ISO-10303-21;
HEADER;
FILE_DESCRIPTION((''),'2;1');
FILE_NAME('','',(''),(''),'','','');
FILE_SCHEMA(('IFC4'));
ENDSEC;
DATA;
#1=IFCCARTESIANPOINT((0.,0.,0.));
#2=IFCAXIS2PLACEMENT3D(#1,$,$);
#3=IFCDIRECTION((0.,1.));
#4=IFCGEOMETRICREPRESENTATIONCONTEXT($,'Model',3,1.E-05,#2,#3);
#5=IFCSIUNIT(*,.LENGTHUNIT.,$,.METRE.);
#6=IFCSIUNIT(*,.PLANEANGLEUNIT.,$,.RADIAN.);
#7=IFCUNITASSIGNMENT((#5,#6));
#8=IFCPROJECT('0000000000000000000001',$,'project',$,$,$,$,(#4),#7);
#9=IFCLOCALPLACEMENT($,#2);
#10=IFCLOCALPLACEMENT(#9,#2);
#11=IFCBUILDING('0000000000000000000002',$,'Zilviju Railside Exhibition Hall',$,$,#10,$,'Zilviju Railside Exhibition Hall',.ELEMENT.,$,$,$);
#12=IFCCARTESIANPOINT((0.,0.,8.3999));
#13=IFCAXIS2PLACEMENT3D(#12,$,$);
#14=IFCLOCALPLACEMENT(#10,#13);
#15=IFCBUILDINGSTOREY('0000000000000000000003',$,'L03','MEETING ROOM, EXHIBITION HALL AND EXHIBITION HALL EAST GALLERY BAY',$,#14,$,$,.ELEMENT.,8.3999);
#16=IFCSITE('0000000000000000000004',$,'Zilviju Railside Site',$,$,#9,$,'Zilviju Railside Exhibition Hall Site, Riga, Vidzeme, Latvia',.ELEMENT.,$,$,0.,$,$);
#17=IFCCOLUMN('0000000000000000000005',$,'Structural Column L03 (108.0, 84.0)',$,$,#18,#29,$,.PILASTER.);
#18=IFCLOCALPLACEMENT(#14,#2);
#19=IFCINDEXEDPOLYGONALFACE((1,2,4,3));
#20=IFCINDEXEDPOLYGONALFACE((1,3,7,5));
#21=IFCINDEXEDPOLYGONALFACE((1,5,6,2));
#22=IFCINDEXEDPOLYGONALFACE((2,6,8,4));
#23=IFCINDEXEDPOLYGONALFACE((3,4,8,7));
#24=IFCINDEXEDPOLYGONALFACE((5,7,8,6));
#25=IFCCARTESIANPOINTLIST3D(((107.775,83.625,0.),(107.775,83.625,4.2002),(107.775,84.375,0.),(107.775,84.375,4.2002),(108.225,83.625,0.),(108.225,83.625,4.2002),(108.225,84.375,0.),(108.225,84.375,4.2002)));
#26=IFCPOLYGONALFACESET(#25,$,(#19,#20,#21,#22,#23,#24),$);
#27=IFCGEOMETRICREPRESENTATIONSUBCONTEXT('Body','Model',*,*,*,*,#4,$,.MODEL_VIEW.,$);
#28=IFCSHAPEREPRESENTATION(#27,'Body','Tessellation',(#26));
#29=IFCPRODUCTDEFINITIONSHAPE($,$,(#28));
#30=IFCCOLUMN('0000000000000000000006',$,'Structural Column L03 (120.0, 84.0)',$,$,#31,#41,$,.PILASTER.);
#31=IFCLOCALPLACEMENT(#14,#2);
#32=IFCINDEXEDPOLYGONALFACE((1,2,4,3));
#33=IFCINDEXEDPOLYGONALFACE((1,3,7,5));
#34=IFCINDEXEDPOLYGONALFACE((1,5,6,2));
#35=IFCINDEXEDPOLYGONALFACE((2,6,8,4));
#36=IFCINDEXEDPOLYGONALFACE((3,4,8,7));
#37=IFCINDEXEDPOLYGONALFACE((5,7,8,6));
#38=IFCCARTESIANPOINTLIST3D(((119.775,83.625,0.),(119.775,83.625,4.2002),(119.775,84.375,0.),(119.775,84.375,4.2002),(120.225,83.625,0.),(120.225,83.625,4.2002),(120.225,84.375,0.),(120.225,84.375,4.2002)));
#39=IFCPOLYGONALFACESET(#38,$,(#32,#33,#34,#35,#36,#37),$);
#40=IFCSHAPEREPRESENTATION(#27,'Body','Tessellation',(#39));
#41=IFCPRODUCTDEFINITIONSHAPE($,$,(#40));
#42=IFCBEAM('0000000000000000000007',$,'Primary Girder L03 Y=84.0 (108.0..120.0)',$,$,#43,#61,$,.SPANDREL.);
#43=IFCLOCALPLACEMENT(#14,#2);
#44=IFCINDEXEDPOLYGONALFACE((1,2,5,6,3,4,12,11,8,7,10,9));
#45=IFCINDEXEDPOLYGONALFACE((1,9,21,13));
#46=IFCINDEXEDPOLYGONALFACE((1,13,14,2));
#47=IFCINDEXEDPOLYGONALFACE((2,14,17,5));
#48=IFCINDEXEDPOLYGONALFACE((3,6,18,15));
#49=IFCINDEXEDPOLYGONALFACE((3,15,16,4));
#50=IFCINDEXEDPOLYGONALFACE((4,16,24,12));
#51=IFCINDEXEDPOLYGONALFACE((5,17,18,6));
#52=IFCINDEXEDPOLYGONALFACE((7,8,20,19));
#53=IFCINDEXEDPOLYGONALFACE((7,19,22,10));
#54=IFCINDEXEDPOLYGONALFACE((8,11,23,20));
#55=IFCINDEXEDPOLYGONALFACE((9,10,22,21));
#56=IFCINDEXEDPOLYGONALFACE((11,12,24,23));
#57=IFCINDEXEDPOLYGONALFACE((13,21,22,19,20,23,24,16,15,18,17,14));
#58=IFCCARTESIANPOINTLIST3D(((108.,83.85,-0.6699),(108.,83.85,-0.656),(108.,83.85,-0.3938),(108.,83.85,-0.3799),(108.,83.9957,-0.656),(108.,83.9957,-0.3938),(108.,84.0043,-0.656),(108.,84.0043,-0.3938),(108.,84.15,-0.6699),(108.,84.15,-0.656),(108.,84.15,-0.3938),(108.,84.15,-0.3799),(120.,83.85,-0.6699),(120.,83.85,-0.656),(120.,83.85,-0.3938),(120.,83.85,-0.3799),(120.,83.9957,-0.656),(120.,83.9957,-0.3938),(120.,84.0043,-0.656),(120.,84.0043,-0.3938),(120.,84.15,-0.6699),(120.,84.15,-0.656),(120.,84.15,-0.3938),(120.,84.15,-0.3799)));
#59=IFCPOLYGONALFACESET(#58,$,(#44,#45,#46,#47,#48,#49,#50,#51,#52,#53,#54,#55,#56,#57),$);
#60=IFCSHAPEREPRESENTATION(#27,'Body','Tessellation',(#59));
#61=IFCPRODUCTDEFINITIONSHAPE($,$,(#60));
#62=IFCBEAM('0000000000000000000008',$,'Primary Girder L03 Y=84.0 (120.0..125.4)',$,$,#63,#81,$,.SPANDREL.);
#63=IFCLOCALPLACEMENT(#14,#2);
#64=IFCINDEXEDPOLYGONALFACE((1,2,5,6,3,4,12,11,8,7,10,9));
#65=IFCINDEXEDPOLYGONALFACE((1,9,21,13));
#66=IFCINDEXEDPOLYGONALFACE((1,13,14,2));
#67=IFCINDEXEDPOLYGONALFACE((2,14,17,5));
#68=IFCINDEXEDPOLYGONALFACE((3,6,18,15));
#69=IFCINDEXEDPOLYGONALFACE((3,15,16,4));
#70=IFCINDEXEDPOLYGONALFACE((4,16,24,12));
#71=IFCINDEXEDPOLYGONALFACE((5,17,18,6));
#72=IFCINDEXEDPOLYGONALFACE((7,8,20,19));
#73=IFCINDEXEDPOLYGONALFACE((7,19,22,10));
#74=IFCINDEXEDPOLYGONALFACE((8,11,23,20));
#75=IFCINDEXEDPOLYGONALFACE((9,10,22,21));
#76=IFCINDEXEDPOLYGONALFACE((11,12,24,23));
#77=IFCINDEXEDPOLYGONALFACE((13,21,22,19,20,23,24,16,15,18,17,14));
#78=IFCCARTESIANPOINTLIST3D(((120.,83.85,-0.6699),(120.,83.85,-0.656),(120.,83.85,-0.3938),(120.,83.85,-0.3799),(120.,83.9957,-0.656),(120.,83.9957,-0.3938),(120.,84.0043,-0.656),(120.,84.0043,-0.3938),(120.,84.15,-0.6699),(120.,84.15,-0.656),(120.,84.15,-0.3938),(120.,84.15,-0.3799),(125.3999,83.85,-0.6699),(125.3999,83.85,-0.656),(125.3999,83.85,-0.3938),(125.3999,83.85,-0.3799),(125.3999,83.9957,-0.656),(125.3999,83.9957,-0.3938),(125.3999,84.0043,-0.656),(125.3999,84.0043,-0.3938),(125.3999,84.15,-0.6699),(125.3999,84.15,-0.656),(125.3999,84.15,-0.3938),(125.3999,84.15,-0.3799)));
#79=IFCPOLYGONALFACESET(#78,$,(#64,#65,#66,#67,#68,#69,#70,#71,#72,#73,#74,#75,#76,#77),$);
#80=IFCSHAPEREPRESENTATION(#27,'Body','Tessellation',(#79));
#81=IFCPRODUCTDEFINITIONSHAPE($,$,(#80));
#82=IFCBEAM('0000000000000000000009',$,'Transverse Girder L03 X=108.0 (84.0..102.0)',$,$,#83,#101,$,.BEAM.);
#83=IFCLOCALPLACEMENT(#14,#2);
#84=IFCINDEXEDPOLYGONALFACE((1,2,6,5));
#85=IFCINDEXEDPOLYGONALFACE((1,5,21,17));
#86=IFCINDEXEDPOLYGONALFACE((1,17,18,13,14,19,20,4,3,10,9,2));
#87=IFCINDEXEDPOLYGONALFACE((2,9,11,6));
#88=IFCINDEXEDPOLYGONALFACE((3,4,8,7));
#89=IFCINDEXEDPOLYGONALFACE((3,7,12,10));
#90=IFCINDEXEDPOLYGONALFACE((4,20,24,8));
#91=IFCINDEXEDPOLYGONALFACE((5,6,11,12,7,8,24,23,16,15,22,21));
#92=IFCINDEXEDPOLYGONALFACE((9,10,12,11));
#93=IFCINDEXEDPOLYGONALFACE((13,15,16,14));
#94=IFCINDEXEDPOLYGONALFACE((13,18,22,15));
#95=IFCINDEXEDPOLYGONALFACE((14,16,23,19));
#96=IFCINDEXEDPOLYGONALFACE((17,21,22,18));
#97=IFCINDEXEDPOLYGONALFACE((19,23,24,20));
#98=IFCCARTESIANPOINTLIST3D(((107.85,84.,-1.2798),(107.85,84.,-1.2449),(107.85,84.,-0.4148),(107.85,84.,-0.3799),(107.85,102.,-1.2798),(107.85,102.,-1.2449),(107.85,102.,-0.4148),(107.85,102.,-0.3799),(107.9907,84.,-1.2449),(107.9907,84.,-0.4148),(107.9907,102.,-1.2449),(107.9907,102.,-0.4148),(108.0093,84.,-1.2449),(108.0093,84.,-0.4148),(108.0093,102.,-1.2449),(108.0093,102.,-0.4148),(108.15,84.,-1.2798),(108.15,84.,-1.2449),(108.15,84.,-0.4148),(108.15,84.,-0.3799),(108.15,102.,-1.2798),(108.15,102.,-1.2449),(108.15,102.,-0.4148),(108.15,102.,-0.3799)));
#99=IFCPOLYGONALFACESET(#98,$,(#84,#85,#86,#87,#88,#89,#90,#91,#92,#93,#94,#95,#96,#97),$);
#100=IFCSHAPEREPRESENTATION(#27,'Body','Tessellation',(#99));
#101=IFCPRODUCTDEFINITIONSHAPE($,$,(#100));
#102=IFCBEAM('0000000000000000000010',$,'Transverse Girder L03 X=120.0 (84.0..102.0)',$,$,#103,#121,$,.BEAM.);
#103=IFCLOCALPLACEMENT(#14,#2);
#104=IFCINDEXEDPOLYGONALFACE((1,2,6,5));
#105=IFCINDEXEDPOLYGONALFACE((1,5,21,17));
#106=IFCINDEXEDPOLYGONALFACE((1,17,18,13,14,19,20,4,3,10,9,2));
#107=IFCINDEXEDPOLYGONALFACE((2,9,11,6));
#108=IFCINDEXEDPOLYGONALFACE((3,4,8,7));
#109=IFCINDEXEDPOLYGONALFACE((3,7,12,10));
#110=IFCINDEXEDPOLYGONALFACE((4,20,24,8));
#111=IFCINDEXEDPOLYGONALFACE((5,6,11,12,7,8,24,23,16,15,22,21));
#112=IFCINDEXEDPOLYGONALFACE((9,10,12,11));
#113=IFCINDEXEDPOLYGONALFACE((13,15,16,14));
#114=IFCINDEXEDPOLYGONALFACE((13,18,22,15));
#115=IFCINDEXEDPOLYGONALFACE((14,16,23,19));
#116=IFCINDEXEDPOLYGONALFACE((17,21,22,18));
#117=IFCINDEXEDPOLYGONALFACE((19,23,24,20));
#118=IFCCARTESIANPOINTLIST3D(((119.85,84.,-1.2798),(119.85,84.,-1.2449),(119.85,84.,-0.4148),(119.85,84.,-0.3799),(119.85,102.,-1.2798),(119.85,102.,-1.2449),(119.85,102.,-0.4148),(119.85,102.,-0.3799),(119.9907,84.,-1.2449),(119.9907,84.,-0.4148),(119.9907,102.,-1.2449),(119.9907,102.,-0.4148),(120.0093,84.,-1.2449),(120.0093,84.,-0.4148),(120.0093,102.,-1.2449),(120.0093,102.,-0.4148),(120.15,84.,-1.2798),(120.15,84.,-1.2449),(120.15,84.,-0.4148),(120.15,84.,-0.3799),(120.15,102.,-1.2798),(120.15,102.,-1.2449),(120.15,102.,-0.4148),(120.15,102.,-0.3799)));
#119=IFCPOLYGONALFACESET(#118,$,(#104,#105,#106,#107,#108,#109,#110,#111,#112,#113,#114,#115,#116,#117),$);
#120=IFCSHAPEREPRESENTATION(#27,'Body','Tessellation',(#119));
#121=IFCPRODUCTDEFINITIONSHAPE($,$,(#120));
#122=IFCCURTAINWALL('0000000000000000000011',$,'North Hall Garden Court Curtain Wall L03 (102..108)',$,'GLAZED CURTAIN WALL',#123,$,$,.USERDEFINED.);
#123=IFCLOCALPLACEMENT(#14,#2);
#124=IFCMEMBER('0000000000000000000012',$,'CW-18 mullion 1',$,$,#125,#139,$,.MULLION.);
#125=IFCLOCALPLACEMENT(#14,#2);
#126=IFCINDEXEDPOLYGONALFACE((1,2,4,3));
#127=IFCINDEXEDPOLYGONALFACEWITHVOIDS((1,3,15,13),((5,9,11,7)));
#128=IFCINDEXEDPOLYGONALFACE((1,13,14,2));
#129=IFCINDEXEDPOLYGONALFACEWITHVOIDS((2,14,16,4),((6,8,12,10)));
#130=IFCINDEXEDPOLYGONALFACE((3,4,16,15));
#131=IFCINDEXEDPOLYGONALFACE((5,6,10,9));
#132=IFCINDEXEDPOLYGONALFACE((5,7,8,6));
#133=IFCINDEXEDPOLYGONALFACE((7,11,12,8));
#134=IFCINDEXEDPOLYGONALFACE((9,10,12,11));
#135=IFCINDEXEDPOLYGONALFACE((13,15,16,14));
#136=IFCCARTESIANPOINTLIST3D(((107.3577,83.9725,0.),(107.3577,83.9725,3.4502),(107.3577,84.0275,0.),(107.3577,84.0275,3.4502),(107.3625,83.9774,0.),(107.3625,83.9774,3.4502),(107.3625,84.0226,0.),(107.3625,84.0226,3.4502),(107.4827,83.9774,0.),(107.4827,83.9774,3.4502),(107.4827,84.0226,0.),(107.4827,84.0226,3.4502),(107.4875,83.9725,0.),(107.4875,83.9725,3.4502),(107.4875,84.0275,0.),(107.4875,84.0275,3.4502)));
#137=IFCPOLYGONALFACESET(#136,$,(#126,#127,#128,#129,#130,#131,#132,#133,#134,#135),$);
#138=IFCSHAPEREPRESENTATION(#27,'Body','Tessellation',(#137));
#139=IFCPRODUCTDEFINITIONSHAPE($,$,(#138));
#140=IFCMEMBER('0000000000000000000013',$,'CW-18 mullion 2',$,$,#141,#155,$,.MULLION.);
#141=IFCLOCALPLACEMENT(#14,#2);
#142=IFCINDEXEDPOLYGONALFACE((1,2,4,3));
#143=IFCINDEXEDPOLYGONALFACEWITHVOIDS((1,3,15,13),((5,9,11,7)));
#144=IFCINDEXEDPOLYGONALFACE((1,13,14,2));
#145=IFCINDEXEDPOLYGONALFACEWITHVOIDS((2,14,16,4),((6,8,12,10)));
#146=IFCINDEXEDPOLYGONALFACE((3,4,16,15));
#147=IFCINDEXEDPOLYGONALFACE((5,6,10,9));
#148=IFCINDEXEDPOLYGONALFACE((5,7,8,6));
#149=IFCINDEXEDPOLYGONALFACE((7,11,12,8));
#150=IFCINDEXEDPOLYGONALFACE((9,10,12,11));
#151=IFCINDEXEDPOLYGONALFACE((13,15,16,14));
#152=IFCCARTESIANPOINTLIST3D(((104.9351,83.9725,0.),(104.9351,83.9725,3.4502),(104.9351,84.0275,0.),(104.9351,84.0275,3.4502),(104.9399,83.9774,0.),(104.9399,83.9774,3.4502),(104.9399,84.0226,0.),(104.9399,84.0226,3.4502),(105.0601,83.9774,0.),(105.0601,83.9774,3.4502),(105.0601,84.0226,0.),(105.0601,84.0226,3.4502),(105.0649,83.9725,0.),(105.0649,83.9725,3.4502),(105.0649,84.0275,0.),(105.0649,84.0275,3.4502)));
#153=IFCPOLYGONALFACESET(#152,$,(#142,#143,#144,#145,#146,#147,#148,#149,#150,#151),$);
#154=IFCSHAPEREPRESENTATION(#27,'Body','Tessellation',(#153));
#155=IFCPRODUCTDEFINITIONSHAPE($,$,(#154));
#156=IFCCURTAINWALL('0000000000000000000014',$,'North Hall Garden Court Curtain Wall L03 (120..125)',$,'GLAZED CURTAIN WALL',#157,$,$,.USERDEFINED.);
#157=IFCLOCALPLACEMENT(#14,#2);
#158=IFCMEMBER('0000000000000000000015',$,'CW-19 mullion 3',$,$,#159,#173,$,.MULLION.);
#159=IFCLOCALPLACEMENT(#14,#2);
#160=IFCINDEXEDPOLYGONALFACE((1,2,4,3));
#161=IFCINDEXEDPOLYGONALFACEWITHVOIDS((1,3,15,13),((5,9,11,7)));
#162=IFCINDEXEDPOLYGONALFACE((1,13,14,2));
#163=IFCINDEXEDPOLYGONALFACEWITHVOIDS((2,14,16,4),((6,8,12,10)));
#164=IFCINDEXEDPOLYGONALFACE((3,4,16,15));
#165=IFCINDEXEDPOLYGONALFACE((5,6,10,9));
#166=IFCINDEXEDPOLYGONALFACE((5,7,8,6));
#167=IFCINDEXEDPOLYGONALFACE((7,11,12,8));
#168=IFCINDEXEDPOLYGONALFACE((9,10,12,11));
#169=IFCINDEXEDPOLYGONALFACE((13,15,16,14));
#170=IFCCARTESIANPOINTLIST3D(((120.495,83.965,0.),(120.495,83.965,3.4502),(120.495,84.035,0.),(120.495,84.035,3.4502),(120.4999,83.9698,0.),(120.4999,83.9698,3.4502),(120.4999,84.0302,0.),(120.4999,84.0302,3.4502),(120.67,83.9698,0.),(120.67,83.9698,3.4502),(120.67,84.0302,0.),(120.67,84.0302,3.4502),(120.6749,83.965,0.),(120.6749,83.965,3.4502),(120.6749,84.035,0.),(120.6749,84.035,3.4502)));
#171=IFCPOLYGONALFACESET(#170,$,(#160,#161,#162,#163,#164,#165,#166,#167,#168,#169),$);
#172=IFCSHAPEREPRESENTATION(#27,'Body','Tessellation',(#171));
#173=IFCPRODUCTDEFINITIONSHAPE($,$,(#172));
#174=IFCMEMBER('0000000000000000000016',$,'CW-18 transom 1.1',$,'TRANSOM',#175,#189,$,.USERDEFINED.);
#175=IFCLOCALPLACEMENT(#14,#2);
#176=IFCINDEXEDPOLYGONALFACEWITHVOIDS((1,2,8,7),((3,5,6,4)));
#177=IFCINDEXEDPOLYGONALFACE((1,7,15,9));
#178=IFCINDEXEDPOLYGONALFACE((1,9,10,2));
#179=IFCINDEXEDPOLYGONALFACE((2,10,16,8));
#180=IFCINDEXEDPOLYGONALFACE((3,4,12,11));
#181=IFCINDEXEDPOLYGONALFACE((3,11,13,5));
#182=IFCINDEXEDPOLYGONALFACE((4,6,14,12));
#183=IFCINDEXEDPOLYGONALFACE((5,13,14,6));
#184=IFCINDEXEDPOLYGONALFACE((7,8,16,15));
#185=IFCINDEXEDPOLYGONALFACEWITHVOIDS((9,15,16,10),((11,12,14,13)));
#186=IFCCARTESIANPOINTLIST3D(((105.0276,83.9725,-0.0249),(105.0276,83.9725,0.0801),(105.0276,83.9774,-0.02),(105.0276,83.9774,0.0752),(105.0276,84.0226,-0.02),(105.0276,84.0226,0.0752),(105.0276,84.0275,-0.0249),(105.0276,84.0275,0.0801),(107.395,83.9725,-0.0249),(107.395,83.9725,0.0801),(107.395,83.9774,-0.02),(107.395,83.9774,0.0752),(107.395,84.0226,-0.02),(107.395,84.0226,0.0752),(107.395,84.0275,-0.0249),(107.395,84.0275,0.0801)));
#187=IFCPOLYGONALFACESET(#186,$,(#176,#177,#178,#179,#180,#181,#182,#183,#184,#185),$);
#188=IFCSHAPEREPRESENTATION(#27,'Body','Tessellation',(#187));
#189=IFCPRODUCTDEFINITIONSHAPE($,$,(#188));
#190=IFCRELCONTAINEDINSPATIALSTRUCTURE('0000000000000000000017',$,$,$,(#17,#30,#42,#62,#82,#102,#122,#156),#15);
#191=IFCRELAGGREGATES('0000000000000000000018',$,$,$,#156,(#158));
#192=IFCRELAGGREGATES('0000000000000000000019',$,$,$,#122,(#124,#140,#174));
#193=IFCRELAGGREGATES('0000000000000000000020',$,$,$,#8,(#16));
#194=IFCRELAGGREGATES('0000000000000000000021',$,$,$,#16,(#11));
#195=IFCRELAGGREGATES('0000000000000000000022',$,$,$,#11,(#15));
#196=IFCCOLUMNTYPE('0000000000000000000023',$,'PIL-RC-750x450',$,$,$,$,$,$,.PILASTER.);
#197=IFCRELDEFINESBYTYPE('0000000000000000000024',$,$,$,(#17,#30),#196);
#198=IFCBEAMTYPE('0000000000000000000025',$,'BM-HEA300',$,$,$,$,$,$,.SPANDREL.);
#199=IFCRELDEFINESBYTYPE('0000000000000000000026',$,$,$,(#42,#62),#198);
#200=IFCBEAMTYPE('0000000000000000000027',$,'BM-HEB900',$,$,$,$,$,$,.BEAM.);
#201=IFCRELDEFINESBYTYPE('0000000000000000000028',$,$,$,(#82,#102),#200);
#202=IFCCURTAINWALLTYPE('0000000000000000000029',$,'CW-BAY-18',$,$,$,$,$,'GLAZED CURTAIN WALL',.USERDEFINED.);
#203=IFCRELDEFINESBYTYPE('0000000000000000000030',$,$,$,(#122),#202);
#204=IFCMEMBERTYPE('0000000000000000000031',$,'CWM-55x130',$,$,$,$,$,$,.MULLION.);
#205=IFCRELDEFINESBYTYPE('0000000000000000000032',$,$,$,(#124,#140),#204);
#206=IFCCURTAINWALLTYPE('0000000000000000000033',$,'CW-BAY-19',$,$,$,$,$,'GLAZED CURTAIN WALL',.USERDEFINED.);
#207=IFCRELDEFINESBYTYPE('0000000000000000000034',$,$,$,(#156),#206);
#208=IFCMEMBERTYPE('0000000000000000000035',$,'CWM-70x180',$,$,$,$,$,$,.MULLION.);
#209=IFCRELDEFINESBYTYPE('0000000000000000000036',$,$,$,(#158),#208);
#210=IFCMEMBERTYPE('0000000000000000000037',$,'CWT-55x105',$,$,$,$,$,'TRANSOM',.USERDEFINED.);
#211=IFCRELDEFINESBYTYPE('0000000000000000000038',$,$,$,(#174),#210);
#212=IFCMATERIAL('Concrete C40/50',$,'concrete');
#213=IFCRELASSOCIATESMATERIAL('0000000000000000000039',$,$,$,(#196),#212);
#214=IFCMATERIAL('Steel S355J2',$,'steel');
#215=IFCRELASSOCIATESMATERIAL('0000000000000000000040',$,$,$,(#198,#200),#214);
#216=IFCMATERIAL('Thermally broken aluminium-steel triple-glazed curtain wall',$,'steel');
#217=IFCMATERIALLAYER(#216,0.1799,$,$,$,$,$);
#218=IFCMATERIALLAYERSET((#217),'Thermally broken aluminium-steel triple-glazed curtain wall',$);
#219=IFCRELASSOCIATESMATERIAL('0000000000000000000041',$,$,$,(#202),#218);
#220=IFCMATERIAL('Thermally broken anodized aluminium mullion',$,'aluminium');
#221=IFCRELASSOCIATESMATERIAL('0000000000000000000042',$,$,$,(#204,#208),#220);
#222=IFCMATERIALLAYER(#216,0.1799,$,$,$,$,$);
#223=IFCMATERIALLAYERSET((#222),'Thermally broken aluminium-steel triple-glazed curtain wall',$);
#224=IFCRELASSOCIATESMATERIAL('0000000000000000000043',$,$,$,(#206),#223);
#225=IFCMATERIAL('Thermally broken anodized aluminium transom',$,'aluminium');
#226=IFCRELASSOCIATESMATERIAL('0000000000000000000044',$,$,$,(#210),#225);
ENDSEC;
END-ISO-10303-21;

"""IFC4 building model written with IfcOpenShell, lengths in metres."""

from ifc_helpers import new_model, si_unit, direction, frame, origin, origin_2d, place, context, subcontext, project, spatial, rectangle, hollow_rectangle, i_section, extrude, material, layer, layer_set, material_profile, profile_set, type_object, element, aggregate, save


model = new_model("IFC4")

# Units and contexts
model_context = context("Model", 3, precision=1e-05, world=origin(), true_north=direction((0.0, 1.0)))
body_context = subcontext(model_context, "Body", "Model", "MODEL_VIEW")
ifc_project = project(units=[si_unit("LENGTHUNIT", "METRE"), si_unit("PLANEANGLEUNIT", "RADIAN")], contexts=[model_context])

# Site, building, storey
site_placement = place(None, origin())
site = spatial("IfcSite", under=ifc_project, at=site_placement, Name="Zilviju Railside Site", LongName="Zilviju Railside Exhibition Hall Site, Riga, Vidzeme, Latvia", CompositionType="ELEMENT", RefElevation=0.0)
building_placement = place(site_placement, origin())
building = spatial("IfcBuilding", under=site, at=building_placement, Name="Zilviju Railside Exhibition Hall", LongName="Zilviju Railside Exhibition Hall", CompositionType="ELEMENT")
storey_placement = place(building_placement, frame((0.0, 0.0, 8.3999)))
storey = spatial("IfcBuildingStorey", under=building, at=storey_placement, Name="L03", Description="MEETING ROOM, EXHIBITION HALL AND EXHIBITION HALL EAST GALLERY BAY", CompositionType="ELEMENT", Elevation=8.3999)

# Columns
ifc_material_1 = material(Name="Concrete C40/50", Category="concrete")
ifc_material_profile_1 = material_profile(ifc_material_1, rectangle(XDim=0.45, YDim=0.75, at=origin_2d()), Name="RC COL 450x750")
ifc_profile_set_1 = profile_set([ifc_material_profile_1], Name="Concrete C40/50")
column_type = type_object("IfcColumnType", Name="PIL-RC-750x450", PredefinedType="PILASTER", material=ifc_profile_set_1)
for number, where, z_axis, x_axis, name in (
    (1, (108.0, 84.0, 0.0), (0.0, 0.0, 1.0), (1.0, 0.0, 0.0), "Structural Column L03 (108.0, 84.0)"),
    (2, (120.0, 84.0, 0.0), (0.0, 0.0, 1.0), (1.0, 0.0, 0.0), "Structural Column L03 (120.0, 84.0)"),
):
    element("IfcColumn", number, at=place(storey_placement, frame(where, z_axis=z_axis, x_axis=x_axis)), inside=storey, type_object=column_type, Name=name, PredefinedType="PILASTER", context=body_context, shape_type="SweptSolid", body=[
        extrude(rectangle(XDim=0.45, YDim=0.75, at=origin_2d()), origin(), (0.0, 0.0, 1.0), 4.2002),
    ])

# Beams
ifc_material_2 = material(Name="Steel S355J2", Category="steel")
ifc_material_profile_2 = material_profile(ifc_material_2, i_section(OverallWidth=0.3, OverallDepth=0.29, WebThickness=0.0085, FlangeThickness=0.0139, at=origin_2d()), Name="HEA 300")
ifc_profile_set_2 = profile_set([ifc_material_profile_2], Name="Steel S355J2")
beam_type_1 = type_object("IfcBeamType", Name="BM-HEA300", PredefinedType="SPANDREL", material=ifc_profile_set_2)
beam_1_placement = place(storey_placement, frame((108.0, 84.0, -0.5249), z_axis=(1.0, 0.0, 0.0), x_axis=(0.0, 1.0, 0.0)))
element("IfcBeam", 3, at=beam_1_placement, inside=storey, type_object=beam_type_1, Name="Primary Girder L03 Y=84.0 (108.0..120.0)", PredefinedType="SPANDREL", context=body_context, shape_type="SweptSolid", body=[
    extrude(i_section(OverallWidth=0.3, OverallDepth=0.29, WebThickness=0.0085, FlangeThickness=0.0139, at=origin_2d()), origin(), (0.0, 0.0, 1.0), 12.0),
])
beam_2_placement = place(storey_placement, frame((120.0, 84.0, -0.5249), z_axis=(1.0, 0.0, 0.0), x_axis=(0.0, 1.0, 0.0)))
element("IfcBeam", 4, at=beam_2_placement, inside=storey, type_object=beam_type_1, Name="Primary Girder L03 Y=84.0 (120.0..125.4)", PredefinedType="SPANDREL", context=body_context, shape_type="SweptSolid", body=[
    extrude(i_section(OverallWidth=0.3, OverallDepth=0.29, WebThickness=0.0085, FlangeThickness=0.0139, at=origin_2d()), origin(), (0.0, 0.0, 1.0), 5.3999),
])
ifc_material_profile_3 = material_profile(ifc_material_2, i_section(OverallWidth=0.3, OverallDepth=0.8999, WebThickness=0.0186, FlangeThickness=0.0349, at=origin_2d()), Name="HEB 900")
ifc_profile_set_3 = profile_set([ifc_material_profile_3], Name="Steel S355J2")
beam_type_2 = type_object("IfcBeamType", Name="BM-HEB900", PredefinedType="BEAM", material=ifc_profile_set_3)
for number, where, z_axis, x_axis, name in (
    (5, (108.0, 84.0, -0.8298), (0.0, 1.0, 0.0), (-1.0, 0.0, 0.0), "Transverse Girder L03 X=108.0 (84.0..102.0)"),
    (6, (120.0, 84.0, -0.8298), (0.0, 1.0, 0.0), (-1.0, 0.0, 0.0), "Transverse Girder L03 X=120.0 (84.0..102.0)"),
):
    element("IfcBeam", number, at=place(storey_placement, frame(where, z_axis=z_axis, x_axis=x_axis)), inside=storey, type_object=beam_type_2, Name=name, PredefinedType="BEAM", context=body_context, shape_type="SweptSolid", body=[
        extrude(i_section(OverallWidth=0.3, OverallDepth=0.8999, WebThickness=0.0186, FlangeThickness=0.0349, at=origin_2d()), origin(), (0.0, 0.0, 1.0), 18.0),
    ])

# Curtain wall, members
ifc_material_3 = material(Name="Thermally broken aluminium-steel triple-glazed curtain wall", Category="steel")
ifc_layer_1 = layer(ifc_material_3, 0.1799)
ifc_layer_set_1 = layer_set([ifc_layer_1], Name="Thermally broken aluminium-steel triple-glazed curtain wall")
curtain_wall_type_1 = type_object("IfcCurtainWallType", Name="CW-BAY-18", ElementType="GLAZED CURTAIN WALL", PredefinedType="USERDEFINED", material=ifc_layer_set_1)
curtain_wall_1_placement = place(storey_placement, origin())
curtain_wall_1 = element("IfcCurtainWall", 7, at=curtain_wall_1_placement, inside=storey, type_object=curtain_wall_type_1, Name="North Hall Garden Court Curtain Wall L03 (102..108)", ObjectType="GLAZED CURTAIN WALL", PredefinedType="USERDEFINED")
ifc_material_4 = material(Name="Thermally broken anodized aluminium mullion", Category="aluminium")
ifc_material_profile_4 = material_profile(ifc_material_4, hollow_rectangle(XDim=0.0549, YDim=0.1299, WallThickness=0.0049, at=origin_2d()), Name="MULLION 130x55x5")
ifc_profile_set_4 = profile_set([ifc_material_profile_4], Name="Thermally broken anodized aluminium mullion")
member_type_1 = type_object("IfcMemberType", Name="CWM-55x130", PredefinedType="MULLION", material=ifc_profile_set_4)
member_1_placement = place(storey_placement, frame((107.4226, 84.0, 0.0), z_axis=(0.0, 0.0, 1.0), x_axis=(0.0, -1.0, 0.0)))
member_1 = element("IfcMember", 8, at=member_1_placement, type_object=member_type_1, Name="CW-18 mullion 1", PredefinedType="MULLION", context=body_context, shape_type="SweptSolid", body=[
    extrude(hollow_rectangle(XDim=0.0549, YDim=0.1299, WallThickness=0.0049, at=origin_2d()), origin(), (0.0, 0.0, 1.0), 3.4502),
])
member_2_placement = place(storey_placement, frame((105.0, 84.0, 0.0), z_axis=(0.0, 0.0, 1.0), x_axis=(0.0, -1.0, 0.0)))
member_2 = element("IfcMember", 9, at=member_2_placement, type_object=member_type_1, Name="CW-18 mullion 2", PredefinedType="MULLION", context=body_context, shape_type="SweptSolid", body=[
    extrude(hollow_rectangle(XDim=0.0549, YDim=0.1299, WallThickness=0.0049, at=origin_2d()), origin(), (0.0, 0.0, 1.0), 3.4502),
])

# Curtain wall, member
ifc_layer_2 = layer(ifc_material_3, 0.1799)
ifc_layer_set_2 = layer_set([ifc_layer_2], Name="Thermally broken aluminium-steel triple-glazed curtain wall")
curtain_wall_type_2 = type_object("IfcCurtainWallType", Name="CW-BAY-19", ElementType="GLAZED CURTAIN WALL", PredefinedType="USERDEFINED", material=ifc_layer_set_2)
curtain_wall_2_placement = place(storey_placement, origin())
curtain_wall_2 = element("IfcCurtainWall", 10, at=curtain_wall_2_placement, inside=storey, type_object=curtain_wall_type_2, Name="North Hall Garden Court Curtain Wall L03 (120..125)", ObjectType="GLAZED CURTAIN WALL", PredefinedType="USERDEFINED")
ifc_material_profile_5 = material_profile(ifc_material_4, hollow_rectangle(XDim=0.0701, YDim=0.1799, WallThickness=0.0049, at=origin_2d()), Name="MULLION 180x70x5")
ifc_profile_set_5 = profile_set([ifc_material_profile_5], Name="Thermally broken anodized aluminium mullion")
member_type_2 = type_object("IfcMemberType", Name="CWM-70x180", PredefinedType="MULLION", material=ifc_profile_set_5)
member_3_placement = place(storey_placement, frame((120.585, 84.0, 0.0), z_axis=(0.0, 0.0, 1.0), x_axis=(0.0, -1.0, 0.0)))
member_3 = element("IfcMember", 11, at=member_3_placement, type_object=member_type_2, Name="CW-19 mullion 3", PredefinedType="MULLION", context=body_context, shape_type="SweptSolid", body=[
    extrude(hollow_rectangle(XDim=0.0701, YDim=0.1799, WallThickness=0.0049, at=origin_2d()), origin(), (0.0, 0.0, 1.0), 3.4502),
])
aggregate(curtain_wall_2, [member_3])

# Member
ifc_material_5 = material(Name="Thermally broken anodized aluminium transom", Category="aluminium")
ifc_material_profile_6 = material_profile(ifc_material_5, hollow_rectangle(XDim=0.0549, YDim=0.105, WallThickness=0.0049, at=origin_2d()), Name="TRANSOM 105x55x5")
ifc_profile_set_6 = profile_set([ifc_material_profile_6], Name="Thermally broken anodized aluminium transom")
member_type_3 = type_object("IfcMemberType", Name="CWT-55x105", ElementType="TRANSOM", PredefinedType="USERDEFINED", material=ifc_profile_set_6)
member_4_placement = place(storey_placement, frame((107.395, 84.0, 0.0276), z_axis=(-1.0, 0.0, 0.0), x_axis=(0.0, -1.0, 0.0)))
member_4 = element("IfcMember", 12, at=member_4_placement, type_object=member_type_3, Name="CW-18 transom 1.1", ObjectType="TRANSOM", PredefinedType="USERDEFINED", context=body_context, shape_type="SweptSolid", body=[
    extrude(hollow_rectangle(XDim=0.0549, YDim=0.105, WallThickness=0.0049, at=origin_2d()), origin(), (0.0, 0.0, 1.0), 2.3674),
])

aggregate(curtain_wall_1, [member_1, member_2, member_4])

save(model, "model.ifc")
